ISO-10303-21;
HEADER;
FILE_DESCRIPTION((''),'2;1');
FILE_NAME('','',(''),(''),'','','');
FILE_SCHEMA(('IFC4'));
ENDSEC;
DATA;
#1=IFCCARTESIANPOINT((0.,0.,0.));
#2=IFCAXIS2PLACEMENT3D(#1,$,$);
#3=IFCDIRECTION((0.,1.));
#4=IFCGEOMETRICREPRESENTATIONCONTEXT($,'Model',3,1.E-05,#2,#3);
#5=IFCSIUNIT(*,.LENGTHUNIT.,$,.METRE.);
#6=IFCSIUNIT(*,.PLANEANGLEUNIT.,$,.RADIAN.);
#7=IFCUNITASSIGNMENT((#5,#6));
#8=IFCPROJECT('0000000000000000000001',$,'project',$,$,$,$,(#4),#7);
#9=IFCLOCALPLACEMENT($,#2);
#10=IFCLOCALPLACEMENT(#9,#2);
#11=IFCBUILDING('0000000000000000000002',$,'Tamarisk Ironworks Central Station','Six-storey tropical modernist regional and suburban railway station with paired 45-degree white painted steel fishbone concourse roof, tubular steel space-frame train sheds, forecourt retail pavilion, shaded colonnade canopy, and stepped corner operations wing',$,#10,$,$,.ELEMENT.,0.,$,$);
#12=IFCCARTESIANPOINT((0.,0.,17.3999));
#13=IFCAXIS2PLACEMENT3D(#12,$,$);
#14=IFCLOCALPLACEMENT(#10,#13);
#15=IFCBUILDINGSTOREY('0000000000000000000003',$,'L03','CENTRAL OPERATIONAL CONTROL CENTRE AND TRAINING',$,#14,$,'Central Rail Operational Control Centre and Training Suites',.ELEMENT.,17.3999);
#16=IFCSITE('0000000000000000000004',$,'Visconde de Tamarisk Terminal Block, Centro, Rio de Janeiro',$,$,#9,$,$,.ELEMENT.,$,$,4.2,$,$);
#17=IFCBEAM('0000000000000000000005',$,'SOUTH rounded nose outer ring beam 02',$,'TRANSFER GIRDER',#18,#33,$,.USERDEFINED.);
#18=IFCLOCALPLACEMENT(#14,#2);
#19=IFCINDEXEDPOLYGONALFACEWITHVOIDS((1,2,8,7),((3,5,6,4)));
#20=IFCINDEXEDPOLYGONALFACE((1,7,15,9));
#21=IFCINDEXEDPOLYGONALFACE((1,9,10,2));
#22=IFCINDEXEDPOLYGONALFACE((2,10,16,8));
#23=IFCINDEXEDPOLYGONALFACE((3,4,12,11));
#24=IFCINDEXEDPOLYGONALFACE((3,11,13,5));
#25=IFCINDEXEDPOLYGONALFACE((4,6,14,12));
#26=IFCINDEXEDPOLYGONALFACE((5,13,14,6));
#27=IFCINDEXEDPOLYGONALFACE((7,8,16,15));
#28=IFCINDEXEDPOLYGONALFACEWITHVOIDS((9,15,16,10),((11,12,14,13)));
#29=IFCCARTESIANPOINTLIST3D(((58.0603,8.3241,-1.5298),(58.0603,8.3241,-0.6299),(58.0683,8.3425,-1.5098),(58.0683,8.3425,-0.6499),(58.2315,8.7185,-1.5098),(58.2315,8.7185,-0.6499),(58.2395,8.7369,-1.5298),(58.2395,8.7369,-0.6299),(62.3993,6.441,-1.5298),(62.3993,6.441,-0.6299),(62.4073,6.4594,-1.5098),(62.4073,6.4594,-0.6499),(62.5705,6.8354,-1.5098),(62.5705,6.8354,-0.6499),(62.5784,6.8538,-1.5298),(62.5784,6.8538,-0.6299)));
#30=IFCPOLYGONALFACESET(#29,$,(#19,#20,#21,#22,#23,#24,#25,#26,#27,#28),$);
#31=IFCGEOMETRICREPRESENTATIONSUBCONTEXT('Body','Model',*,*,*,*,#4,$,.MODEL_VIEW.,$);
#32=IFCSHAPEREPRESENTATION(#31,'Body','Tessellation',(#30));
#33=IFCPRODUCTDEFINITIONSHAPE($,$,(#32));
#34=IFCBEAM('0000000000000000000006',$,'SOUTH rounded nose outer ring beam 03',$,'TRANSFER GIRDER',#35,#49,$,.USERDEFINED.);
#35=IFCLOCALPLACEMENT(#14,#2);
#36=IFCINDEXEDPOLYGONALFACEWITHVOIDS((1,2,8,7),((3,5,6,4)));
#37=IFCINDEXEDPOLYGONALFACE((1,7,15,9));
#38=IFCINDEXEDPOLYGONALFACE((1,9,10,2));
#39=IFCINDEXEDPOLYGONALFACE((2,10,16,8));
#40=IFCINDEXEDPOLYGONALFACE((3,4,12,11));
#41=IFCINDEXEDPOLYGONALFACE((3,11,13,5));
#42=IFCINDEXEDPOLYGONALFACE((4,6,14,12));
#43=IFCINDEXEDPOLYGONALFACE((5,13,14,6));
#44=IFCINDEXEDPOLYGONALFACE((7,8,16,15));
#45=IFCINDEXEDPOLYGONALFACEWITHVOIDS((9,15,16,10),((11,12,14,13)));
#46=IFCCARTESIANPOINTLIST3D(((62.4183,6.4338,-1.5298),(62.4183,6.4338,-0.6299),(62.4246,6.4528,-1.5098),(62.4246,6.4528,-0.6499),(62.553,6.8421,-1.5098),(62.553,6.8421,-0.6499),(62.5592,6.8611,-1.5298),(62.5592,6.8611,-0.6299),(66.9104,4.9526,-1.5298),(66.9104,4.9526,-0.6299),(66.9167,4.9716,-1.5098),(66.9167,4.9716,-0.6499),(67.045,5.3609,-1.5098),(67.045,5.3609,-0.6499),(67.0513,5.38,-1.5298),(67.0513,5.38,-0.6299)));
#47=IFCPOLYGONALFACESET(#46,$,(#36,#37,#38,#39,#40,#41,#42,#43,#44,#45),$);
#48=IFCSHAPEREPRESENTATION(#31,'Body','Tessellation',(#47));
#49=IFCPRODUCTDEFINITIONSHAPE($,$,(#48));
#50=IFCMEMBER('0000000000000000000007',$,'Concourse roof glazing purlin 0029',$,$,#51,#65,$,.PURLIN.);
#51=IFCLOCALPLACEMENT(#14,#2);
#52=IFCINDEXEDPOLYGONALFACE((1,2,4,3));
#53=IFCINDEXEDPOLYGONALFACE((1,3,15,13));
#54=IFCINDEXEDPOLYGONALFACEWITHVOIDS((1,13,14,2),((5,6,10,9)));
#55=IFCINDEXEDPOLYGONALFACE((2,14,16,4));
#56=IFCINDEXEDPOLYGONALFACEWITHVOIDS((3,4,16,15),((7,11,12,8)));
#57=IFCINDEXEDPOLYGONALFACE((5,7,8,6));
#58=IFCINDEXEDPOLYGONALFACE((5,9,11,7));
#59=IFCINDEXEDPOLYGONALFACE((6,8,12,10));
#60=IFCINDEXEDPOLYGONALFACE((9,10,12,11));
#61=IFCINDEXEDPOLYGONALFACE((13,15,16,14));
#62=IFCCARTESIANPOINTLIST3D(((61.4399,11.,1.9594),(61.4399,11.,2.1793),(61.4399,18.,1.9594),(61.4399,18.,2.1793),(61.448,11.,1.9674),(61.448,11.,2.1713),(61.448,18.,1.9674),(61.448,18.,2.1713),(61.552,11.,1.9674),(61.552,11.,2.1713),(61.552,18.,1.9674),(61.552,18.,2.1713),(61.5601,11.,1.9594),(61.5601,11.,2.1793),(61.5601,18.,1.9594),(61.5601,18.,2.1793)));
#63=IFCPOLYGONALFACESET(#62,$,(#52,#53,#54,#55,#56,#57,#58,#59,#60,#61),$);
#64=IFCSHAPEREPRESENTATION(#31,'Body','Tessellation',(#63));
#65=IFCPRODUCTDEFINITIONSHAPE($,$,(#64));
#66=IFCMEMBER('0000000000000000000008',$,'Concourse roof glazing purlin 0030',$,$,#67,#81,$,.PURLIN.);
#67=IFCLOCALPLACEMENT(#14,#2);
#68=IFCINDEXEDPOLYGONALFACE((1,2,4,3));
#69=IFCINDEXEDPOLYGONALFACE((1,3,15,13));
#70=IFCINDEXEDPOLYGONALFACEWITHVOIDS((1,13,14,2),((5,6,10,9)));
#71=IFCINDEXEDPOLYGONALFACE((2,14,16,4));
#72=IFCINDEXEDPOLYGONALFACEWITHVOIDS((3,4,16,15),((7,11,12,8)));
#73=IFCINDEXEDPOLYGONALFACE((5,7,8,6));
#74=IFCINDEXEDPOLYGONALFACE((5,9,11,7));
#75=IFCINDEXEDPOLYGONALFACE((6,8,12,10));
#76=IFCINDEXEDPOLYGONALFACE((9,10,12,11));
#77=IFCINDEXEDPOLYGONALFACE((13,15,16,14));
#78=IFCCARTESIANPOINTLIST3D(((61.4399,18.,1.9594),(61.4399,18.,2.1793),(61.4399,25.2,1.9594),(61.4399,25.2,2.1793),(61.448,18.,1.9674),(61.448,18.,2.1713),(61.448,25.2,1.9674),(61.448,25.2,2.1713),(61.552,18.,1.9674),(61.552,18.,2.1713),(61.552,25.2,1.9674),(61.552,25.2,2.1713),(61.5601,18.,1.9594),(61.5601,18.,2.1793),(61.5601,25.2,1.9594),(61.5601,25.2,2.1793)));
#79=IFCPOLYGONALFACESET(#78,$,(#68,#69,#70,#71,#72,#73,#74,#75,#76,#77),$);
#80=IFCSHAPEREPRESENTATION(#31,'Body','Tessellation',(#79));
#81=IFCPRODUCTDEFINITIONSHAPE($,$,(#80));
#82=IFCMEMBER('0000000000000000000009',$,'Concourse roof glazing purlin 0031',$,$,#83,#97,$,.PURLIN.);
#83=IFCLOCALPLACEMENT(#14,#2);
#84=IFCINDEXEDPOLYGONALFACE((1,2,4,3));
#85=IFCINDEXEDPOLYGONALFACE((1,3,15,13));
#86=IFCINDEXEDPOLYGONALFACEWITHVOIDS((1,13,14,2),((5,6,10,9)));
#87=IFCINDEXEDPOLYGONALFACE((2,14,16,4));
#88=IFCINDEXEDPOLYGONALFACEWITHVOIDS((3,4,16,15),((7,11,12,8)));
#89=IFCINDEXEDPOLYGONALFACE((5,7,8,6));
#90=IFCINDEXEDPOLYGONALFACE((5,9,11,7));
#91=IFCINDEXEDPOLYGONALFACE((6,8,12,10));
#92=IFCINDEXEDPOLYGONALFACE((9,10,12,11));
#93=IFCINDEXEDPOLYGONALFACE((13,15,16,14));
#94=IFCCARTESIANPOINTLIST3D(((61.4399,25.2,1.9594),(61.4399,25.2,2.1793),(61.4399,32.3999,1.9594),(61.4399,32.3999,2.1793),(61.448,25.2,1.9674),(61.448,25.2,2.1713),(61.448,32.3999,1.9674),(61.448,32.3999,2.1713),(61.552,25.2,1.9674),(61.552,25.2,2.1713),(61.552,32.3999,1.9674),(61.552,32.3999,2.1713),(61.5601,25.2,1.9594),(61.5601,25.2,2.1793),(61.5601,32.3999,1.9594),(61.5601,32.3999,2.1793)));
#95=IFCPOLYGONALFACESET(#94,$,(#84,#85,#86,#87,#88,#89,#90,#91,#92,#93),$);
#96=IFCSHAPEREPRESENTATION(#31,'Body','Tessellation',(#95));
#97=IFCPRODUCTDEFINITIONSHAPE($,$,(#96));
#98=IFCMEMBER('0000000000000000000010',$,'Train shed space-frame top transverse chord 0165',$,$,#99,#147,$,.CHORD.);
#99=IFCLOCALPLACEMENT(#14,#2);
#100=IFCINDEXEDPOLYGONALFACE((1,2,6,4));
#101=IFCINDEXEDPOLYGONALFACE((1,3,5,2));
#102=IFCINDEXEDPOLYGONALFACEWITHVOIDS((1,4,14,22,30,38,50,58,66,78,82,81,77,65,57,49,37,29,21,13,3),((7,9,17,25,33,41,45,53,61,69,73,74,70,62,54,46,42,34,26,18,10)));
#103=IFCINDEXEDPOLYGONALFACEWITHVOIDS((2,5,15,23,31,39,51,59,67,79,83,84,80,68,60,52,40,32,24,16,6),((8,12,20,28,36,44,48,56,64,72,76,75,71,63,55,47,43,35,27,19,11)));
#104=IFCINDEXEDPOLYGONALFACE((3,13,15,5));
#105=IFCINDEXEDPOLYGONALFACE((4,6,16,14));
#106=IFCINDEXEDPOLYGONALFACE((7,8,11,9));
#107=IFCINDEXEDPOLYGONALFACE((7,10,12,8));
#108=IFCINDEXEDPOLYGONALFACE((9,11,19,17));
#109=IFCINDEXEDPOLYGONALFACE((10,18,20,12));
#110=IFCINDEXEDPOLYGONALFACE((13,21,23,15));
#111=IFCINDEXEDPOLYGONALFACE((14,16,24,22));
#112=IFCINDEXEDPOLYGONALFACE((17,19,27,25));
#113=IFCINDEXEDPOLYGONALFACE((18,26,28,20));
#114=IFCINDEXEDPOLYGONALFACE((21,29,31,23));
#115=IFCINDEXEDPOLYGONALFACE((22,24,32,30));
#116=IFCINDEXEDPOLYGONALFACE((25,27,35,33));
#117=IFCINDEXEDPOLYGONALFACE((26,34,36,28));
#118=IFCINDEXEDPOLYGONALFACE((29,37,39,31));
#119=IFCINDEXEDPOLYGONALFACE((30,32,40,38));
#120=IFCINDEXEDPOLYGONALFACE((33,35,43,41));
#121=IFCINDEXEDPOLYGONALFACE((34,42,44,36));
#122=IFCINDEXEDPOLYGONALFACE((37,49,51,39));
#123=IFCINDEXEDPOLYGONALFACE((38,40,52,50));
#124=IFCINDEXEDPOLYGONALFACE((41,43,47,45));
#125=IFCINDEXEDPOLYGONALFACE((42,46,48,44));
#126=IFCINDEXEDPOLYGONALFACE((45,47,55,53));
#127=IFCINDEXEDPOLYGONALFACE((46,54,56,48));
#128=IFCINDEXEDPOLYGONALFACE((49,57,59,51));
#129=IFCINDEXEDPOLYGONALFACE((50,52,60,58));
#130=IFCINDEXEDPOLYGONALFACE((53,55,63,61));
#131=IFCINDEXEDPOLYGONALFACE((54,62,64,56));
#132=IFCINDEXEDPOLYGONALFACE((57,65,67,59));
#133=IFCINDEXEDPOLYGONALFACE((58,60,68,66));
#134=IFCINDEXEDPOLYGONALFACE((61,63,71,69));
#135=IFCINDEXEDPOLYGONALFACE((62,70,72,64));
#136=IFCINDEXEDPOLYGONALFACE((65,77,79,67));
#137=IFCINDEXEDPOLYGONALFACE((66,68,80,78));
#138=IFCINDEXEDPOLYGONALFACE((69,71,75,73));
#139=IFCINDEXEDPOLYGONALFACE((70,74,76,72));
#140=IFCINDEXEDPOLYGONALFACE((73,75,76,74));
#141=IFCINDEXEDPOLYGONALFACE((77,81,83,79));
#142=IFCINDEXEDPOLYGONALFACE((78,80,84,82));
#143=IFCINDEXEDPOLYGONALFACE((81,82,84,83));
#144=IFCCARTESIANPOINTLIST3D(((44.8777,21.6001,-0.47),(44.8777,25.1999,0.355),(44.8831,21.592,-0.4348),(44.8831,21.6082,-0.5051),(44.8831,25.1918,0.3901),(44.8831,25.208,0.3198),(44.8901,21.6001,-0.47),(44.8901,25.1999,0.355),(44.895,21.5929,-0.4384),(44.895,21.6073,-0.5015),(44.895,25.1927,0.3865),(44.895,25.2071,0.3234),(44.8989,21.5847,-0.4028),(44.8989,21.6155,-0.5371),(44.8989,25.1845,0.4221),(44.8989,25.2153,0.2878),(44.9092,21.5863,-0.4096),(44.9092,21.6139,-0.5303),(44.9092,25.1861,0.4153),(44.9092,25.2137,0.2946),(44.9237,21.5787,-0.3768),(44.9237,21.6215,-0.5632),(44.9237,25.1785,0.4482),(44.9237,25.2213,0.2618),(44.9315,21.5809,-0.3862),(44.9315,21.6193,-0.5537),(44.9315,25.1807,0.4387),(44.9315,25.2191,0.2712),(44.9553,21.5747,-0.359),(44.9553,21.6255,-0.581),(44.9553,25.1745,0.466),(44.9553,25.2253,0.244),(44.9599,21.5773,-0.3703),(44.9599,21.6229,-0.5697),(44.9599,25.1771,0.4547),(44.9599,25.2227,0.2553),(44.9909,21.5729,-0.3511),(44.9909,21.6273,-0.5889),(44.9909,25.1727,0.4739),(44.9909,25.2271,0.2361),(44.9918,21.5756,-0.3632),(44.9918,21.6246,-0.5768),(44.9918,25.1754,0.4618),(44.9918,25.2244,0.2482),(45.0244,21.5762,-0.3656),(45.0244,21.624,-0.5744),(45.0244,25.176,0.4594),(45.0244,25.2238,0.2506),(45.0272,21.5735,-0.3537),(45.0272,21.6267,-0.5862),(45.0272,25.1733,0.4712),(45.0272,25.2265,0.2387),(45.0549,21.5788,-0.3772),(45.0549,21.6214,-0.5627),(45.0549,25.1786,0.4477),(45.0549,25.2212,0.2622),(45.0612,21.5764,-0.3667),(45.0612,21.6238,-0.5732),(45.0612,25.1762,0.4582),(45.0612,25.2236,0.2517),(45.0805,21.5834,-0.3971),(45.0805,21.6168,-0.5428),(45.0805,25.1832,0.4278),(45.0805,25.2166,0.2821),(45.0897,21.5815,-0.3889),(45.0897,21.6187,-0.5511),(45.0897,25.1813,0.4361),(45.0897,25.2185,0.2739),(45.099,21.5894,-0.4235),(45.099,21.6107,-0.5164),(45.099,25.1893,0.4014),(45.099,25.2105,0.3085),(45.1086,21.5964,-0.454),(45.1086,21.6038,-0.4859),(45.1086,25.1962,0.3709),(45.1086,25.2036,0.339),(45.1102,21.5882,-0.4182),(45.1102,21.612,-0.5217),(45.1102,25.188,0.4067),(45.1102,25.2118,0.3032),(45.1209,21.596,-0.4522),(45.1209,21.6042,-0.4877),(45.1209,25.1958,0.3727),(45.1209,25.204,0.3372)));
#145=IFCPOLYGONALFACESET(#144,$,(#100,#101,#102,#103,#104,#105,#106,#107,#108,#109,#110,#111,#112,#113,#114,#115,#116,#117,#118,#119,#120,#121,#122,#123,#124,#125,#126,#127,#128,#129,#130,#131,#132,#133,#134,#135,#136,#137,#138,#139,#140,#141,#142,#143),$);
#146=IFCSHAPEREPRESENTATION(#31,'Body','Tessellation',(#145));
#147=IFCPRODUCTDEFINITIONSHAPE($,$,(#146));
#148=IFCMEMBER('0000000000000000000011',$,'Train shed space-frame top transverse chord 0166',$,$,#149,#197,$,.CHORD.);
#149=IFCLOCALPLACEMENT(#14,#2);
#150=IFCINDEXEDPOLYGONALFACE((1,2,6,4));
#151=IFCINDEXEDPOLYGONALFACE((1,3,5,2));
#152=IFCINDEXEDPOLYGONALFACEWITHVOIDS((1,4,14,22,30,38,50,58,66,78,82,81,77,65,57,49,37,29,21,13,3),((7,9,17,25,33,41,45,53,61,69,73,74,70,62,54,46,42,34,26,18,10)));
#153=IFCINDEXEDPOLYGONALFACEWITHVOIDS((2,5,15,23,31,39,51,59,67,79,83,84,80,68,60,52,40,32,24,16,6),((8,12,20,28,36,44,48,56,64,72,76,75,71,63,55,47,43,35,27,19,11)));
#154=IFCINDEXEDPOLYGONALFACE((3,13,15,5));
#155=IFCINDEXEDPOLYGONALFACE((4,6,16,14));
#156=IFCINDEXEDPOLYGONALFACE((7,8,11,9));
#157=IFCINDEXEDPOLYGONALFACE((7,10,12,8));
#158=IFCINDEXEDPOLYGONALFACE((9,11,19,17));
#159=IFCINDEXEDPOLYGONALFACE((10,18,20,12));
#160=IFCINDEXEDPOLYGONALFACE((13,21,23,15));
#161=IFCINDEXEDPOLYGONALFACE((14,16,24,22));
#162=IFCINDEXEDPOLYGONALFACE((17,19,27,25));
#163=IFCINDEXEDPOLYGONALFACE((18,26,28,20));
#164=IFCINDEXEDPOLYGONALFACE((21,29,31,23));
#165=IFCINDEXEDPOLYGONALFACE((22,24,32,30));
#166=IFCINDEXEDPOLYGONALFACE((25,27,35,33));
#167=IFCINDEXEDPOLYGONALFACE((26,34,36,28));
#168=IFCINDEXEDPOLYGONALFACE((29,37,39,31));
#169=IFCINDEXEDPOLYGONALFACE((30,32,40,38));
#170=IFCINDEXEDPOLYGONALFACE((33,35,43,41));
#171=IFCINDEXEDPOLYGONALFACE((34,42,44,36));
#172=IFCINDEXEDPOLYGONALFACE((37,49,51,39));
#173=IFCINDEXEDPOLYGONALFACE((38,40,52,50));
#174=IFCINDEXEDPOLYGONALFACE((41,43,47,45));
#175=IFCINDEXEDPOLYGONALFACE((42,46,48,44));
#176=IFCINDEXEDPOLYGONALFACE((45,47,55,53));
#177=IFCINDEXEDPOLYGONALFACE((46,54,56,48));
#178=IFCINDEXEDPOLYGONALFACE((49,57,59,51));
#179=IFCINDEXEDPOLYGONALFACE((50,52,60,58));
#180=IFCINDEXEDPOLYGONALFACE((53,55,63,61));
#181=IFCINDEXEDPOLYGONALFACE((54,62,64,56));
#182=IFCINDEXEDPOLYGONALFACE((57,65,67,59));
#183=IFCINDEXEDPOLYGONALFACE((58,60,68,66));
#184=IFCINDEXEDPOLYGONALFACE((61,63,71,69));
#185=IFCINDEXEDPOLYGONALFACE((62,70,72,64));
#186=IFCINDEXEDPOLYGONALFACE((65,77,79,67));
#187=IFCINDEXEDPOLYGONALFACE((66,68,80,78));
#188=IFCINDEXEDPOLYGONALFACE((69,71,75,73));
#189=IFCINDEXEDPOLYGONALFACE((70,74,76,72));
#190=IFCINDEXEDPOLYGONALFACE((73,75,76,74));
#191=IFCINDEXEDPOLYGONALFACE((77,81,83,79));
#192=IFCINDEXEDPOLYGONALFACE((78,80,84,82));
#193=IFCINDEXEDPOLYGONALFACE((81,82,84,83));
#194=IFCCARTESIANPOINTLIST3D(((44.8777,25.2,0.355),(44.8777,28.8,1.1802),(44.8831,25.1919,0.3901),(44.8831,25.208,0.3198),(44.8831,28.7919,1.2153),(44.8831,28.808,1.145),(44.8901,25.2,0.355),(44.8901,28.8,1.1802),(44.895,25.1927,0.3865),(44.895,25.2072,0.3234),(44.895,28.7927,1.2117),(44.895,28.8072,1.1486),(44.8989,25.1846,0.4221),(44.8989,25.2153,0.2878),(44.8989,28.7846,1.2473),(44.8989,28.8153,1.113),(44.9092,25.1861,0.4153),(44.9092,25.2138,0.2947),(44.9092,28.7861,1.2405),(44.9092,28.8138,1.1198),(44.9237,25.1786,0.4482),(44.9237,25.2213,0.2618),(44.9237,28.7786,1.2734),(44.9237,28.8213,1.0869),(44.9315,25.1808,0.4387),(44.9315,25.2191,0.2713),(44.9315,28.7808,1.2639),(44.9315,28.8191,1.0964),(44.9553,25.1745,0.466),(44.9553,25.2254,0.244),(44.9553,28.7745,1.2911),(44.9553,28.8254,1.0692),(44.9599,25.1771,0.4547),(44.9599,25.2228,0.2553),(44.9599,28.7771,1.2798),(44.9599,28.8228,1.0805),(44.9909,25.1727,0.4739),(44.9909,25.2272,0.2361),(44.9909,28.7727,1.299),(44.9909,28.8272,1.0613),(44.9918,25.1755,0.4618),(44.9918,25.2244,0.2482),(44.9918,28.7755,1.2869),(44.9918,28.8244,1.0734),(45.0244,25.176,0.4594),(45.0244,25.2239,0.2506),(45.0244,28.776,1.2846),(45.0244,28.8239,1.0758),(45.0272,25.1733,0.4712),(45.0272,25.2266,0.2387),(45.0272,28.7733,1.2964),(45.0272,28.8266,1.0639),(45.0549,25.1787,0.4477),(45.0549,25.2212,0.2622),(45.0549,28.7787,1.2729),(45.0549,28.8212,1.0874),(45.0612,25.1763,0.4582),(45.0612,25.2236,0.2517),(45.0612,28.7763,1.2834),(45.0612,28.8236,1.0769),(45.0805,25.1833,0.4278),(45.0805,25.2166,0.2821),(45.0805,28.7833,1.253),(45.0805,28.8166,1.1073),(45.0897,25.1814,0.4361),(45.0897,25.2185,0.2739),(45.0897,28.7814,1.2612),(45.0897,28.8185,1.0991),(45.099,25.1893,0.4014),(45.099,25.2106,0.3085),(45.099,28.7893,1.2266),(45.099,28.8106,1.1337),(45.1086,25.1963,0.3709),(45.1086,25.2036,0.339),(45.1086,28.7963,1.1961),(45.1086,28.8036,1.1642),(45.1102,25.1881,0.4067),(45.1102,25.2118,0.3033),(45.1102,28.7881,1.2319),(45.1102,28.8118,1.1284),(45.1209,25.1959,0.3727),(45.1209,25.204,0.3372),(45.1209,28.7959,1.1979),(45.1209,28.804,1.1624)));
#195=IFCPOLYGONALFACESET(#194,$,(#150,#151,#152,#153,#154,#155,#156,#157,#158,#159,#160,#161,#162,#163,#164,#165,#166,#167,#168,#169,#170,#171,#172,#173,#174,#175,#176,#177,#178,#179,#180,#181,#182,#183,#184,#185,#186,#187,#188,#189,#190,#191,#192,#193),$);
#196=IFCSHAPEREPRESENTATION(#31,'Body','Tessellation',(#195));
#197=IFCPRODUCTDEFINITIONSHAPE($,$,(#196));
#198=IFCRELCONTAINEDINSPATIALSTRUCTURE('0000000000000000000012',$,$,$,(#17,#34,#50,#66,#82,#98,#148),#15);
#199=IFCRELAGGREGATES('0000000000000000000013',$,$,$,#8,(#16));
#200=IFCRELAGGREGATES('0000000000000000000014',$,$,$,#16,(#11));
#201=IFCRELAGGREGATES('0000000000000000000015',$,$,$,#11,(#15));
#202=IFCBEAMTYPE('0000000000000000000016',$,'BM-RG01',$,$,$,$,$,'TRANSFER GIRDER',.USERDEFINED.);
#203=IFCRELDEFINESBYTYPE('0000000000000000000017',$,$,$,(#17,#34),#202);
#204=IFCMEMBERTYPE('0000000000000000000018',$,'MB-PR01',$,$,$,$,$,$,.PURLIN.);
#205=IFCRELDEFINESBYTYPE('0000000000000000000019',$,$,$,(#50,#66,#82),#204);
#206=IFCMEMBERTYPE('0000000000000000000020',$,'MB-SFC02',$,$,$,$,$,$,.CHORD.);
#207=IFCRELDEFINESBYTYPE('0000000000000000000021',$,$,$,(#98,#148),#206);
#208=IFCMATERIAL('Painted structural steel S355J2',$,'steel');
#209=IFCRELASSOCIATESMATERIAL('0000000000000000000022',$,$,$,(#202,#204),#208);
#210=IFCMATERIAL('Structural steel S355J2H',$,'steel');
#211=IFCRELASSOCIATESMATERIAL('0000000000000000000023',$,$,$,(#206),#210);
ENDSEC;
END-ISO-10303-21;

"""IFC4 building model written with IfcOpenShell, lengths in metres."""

from ifc_helpers import new_model, si_unit, direction, frame, origin, origin_2d, place, context, subcontext, project, spatial, hollow_rectangle, hollow_circle, extrude, material, material_profile, profile_set, type_object, element, save


model = new_model("IFC4")

# Units and contexts
model_context = context("Model", 3, precision=1e-05, world=origin(), true_north=direction((0.0, 1.0)))
body_context = subcontext(model_context, "Body", "Model", "MODEL_VIEW")
ifc_project = project(units=[si_unit("LENGTHUNIT", "METRE"), si_unit("PLANEANGLEUNIT", "RADIAN")], contexts=[model_context])

# Site, building, storey
site_placement = place(None, origin())
site = spatial("IfcSite", under=ifc_project, at=site_placement, Name="Visconde de Tamarisk Terminal Block, Centro, Rio de Janeiro", CompositionType="ELEMENT", RefElevation=4.2)
building_placement = place(site_placement, origin())
building = spatial("IfcBuilding", under=site, at=building_placement, Name="Tamarisk Ironworks Central Station", Description="Six-storey tropical modernist regional and suburban railway station with paired 45-degree white painted steel fishbone concourse roof, tubular steel space-frame train sheds, forecourt retail pavilion, shaded colonnade canopy, and stepped corner operations wing", CompositionType="ELEMENT", ElevationOfRefHeight=0.0)
storey_placement = place(building_placement, frame((0.0, 0.0, 17.3999)))
storey = spatial("IfcBuildingStorey", under=building, at=storey_placement, Name="L03", Description="CENTRAL OPERATIONAL CONTROL CENTRE AND TRAINING", LongName="Central Rail Operational Control Centre and Training Suites", CompositionType="ELEMENT", Elevation=17.3999)

# Beams
ifc_material_1 = material(Name="Painted structural steel S355J2", Category="steel")
ifc_material_profile_1 = material_profile(ifc_material_1, hollow_rectangle(XDim=0.45, YDim=0.8999, WallThickness=0.02, at=origin_2d()), Name="BOX 450x900x20")
ifc_profile_set_1 = profile_set([ifc_material_profile_1], Name="Painted structural steel S355J2")
beam_type_1 = type_object("IfcBeamType", Name="BM-RG01", ElementType="TRANSFER GIRDER", PredefinedType="USERDEFINED", material=ifc_profile_set_1)
for number, where, z_axis, x_axis, name in (
    (1, (58.1499, 8.5305, -1.0798), (0.917333, -0.39812, 0.0), (0.39812, 0.917333, 0.0), "SOUTH rounded nose outer ring beam 02"),
    (2, (62.4888, 6.6475, -1.0798), (0.949705, -0.313145, 0.0), (0.313145, 0.949705, 0.0), "SOUTH rounded nose outer ring beam 03"),
):
    element("IfcBeam", number, at=place(storey_placement, frame(where, z_axis=z_axis, x_axis=x_axis)), inside=storey, type_object=beam_type_1, Name=name, ObjectType="TRANSFER GIRDER", PredefinedType="USERDEFINED", context=body_context, shape_type="SweptSolid", body=[
        extrude(hollow_rectangle(XDim=0.45, YDim=0.8999, WallThickness=0.02, at=origin_2d()), origin(), (0.0, 0.0, 1.0), 4.73),
    ])

# Members
ifc_material_profile_2 = material_profile(ifc_material_1, hollow_rectangle(XDim=0.1201, YDim=0.22, WallThickness=0.0081, at=origin_2d()), Name="RHS 220x120x8")
ifc_profile_set_2 = profile_set([ifc_material_profile_2], Name="Painted structural steel S355J2")
member_type_1 = type_object("IfcMemberType", Name="MB-PR01", PredefinedType="PURLIN", material=ifc_profile_set_2)
member_1_placement = place(storey_placement, frame((61.5, 11.0, 2.0693), z_axis=(0.0, 1.0, 0.0), x_axis=(-1.0, 0.0, 0.0)))
element("IfcMember", 3, at=member_1_placement, inside=storey, type_object=member_type_1, Name="Concourse roof glazing purlin 0029", PredefinedType="PURLIN", context=body_context, shape_type="SweptSolid", body=[
    extrude(hollow_rectangle(XDim=0.1201, YDim=0.22, WallThickness=0.0081, at=origin_2d()), origin(), (0.0, 0.0, 1.0), 7.0),
])
for number, where, z_axis, x_axis, name in (
    (4, (61.5, 18.0, 2.0693), (0.0, 1.0, 0.0), (-1.0, 0.0, 0.0), "Concourse roof glazing purlin 0030"),
    (5, (61.5, 25.2, 2.0693), (0.0, 1.0, 0.0), (-1.0, 0.0, 0.0), "Concourse roof glazing purlin 0031"),
):
    element("IfcMember", number, at=place(storey_placement, frame(where, z_axis=z_axis, x_axis=x_axis)), inside=storey, type_object=member_type_1, Name=name, PredefinedType="PURLIN", context=body_context, shape_type="SweptSolid", body=[
        extrude(hollow_rectangle(XDim=0.1201, YDim=0.22, WallThickness=0.0081, at=origin_2d()), origin(), (0.0, 0.0, 1.0), 7.2),
    ])
ifc_material_2 = material(Name="Structural steel S355J2H", Category="steel")
ifc_material_profile_3 = material_profile(ifc_material_2, hollow_circle(Radius=0.1223, WallThickness=0.0125, at=origin_2d()), Name="CHS 244.5x12.5")
ifc_profile_set_3 = profile_set([ifc_material_profile_3], Name="Structural steel S355J2H")
member_type_2 = type_object("IfcMemberType", Name="MB-SFC02", PredefinedType="CHORD", material=ifc_profile_set_3)
member_2_placement = place(storey_placement, frame((45.0, 21.6001, -0.47), z_axis=(0.0, 0.974733, 0.223372), x_axis=(-1.0, 0.0, 0.0)))
element("IfcMember", 6, at=member_2_placement, inside=storey, type_object=member_type_2, Name="Train shed space-frame top transverse chord 0165", PredefinedType="CHORD", context=body_context, shape_type="SweptSolid", body=[
    extrude(hollow_circle(Radius=0.1223, WallThickness=0.0125, at=origin_2d()), origin(), (0.0, 0.0, 1.0), 3.6931),
])
member_3_placement = place(storey_placement, frame((45.0, 25.2, 0.355), z_axis=(0.0, 0.974722, 0.223421), x_axis=(-1.0, 0.0, 0.0)))
element("IfcMember", 7, at=member_3_placement, inside=storey, type_object=member_type_2, Name="Train shed space-frame top transverse chord 0166", PredefinedType="CHORD", context=body_context, shape_type="SweptSolid", body=[
    extrude(hollow_circle(Radius=0.1223, WallThickness=0.0125, at=origin_2d()), origin(), (0.0, 0.0, 1.0), 3.6934),
])

save(model, "model.ifc")
